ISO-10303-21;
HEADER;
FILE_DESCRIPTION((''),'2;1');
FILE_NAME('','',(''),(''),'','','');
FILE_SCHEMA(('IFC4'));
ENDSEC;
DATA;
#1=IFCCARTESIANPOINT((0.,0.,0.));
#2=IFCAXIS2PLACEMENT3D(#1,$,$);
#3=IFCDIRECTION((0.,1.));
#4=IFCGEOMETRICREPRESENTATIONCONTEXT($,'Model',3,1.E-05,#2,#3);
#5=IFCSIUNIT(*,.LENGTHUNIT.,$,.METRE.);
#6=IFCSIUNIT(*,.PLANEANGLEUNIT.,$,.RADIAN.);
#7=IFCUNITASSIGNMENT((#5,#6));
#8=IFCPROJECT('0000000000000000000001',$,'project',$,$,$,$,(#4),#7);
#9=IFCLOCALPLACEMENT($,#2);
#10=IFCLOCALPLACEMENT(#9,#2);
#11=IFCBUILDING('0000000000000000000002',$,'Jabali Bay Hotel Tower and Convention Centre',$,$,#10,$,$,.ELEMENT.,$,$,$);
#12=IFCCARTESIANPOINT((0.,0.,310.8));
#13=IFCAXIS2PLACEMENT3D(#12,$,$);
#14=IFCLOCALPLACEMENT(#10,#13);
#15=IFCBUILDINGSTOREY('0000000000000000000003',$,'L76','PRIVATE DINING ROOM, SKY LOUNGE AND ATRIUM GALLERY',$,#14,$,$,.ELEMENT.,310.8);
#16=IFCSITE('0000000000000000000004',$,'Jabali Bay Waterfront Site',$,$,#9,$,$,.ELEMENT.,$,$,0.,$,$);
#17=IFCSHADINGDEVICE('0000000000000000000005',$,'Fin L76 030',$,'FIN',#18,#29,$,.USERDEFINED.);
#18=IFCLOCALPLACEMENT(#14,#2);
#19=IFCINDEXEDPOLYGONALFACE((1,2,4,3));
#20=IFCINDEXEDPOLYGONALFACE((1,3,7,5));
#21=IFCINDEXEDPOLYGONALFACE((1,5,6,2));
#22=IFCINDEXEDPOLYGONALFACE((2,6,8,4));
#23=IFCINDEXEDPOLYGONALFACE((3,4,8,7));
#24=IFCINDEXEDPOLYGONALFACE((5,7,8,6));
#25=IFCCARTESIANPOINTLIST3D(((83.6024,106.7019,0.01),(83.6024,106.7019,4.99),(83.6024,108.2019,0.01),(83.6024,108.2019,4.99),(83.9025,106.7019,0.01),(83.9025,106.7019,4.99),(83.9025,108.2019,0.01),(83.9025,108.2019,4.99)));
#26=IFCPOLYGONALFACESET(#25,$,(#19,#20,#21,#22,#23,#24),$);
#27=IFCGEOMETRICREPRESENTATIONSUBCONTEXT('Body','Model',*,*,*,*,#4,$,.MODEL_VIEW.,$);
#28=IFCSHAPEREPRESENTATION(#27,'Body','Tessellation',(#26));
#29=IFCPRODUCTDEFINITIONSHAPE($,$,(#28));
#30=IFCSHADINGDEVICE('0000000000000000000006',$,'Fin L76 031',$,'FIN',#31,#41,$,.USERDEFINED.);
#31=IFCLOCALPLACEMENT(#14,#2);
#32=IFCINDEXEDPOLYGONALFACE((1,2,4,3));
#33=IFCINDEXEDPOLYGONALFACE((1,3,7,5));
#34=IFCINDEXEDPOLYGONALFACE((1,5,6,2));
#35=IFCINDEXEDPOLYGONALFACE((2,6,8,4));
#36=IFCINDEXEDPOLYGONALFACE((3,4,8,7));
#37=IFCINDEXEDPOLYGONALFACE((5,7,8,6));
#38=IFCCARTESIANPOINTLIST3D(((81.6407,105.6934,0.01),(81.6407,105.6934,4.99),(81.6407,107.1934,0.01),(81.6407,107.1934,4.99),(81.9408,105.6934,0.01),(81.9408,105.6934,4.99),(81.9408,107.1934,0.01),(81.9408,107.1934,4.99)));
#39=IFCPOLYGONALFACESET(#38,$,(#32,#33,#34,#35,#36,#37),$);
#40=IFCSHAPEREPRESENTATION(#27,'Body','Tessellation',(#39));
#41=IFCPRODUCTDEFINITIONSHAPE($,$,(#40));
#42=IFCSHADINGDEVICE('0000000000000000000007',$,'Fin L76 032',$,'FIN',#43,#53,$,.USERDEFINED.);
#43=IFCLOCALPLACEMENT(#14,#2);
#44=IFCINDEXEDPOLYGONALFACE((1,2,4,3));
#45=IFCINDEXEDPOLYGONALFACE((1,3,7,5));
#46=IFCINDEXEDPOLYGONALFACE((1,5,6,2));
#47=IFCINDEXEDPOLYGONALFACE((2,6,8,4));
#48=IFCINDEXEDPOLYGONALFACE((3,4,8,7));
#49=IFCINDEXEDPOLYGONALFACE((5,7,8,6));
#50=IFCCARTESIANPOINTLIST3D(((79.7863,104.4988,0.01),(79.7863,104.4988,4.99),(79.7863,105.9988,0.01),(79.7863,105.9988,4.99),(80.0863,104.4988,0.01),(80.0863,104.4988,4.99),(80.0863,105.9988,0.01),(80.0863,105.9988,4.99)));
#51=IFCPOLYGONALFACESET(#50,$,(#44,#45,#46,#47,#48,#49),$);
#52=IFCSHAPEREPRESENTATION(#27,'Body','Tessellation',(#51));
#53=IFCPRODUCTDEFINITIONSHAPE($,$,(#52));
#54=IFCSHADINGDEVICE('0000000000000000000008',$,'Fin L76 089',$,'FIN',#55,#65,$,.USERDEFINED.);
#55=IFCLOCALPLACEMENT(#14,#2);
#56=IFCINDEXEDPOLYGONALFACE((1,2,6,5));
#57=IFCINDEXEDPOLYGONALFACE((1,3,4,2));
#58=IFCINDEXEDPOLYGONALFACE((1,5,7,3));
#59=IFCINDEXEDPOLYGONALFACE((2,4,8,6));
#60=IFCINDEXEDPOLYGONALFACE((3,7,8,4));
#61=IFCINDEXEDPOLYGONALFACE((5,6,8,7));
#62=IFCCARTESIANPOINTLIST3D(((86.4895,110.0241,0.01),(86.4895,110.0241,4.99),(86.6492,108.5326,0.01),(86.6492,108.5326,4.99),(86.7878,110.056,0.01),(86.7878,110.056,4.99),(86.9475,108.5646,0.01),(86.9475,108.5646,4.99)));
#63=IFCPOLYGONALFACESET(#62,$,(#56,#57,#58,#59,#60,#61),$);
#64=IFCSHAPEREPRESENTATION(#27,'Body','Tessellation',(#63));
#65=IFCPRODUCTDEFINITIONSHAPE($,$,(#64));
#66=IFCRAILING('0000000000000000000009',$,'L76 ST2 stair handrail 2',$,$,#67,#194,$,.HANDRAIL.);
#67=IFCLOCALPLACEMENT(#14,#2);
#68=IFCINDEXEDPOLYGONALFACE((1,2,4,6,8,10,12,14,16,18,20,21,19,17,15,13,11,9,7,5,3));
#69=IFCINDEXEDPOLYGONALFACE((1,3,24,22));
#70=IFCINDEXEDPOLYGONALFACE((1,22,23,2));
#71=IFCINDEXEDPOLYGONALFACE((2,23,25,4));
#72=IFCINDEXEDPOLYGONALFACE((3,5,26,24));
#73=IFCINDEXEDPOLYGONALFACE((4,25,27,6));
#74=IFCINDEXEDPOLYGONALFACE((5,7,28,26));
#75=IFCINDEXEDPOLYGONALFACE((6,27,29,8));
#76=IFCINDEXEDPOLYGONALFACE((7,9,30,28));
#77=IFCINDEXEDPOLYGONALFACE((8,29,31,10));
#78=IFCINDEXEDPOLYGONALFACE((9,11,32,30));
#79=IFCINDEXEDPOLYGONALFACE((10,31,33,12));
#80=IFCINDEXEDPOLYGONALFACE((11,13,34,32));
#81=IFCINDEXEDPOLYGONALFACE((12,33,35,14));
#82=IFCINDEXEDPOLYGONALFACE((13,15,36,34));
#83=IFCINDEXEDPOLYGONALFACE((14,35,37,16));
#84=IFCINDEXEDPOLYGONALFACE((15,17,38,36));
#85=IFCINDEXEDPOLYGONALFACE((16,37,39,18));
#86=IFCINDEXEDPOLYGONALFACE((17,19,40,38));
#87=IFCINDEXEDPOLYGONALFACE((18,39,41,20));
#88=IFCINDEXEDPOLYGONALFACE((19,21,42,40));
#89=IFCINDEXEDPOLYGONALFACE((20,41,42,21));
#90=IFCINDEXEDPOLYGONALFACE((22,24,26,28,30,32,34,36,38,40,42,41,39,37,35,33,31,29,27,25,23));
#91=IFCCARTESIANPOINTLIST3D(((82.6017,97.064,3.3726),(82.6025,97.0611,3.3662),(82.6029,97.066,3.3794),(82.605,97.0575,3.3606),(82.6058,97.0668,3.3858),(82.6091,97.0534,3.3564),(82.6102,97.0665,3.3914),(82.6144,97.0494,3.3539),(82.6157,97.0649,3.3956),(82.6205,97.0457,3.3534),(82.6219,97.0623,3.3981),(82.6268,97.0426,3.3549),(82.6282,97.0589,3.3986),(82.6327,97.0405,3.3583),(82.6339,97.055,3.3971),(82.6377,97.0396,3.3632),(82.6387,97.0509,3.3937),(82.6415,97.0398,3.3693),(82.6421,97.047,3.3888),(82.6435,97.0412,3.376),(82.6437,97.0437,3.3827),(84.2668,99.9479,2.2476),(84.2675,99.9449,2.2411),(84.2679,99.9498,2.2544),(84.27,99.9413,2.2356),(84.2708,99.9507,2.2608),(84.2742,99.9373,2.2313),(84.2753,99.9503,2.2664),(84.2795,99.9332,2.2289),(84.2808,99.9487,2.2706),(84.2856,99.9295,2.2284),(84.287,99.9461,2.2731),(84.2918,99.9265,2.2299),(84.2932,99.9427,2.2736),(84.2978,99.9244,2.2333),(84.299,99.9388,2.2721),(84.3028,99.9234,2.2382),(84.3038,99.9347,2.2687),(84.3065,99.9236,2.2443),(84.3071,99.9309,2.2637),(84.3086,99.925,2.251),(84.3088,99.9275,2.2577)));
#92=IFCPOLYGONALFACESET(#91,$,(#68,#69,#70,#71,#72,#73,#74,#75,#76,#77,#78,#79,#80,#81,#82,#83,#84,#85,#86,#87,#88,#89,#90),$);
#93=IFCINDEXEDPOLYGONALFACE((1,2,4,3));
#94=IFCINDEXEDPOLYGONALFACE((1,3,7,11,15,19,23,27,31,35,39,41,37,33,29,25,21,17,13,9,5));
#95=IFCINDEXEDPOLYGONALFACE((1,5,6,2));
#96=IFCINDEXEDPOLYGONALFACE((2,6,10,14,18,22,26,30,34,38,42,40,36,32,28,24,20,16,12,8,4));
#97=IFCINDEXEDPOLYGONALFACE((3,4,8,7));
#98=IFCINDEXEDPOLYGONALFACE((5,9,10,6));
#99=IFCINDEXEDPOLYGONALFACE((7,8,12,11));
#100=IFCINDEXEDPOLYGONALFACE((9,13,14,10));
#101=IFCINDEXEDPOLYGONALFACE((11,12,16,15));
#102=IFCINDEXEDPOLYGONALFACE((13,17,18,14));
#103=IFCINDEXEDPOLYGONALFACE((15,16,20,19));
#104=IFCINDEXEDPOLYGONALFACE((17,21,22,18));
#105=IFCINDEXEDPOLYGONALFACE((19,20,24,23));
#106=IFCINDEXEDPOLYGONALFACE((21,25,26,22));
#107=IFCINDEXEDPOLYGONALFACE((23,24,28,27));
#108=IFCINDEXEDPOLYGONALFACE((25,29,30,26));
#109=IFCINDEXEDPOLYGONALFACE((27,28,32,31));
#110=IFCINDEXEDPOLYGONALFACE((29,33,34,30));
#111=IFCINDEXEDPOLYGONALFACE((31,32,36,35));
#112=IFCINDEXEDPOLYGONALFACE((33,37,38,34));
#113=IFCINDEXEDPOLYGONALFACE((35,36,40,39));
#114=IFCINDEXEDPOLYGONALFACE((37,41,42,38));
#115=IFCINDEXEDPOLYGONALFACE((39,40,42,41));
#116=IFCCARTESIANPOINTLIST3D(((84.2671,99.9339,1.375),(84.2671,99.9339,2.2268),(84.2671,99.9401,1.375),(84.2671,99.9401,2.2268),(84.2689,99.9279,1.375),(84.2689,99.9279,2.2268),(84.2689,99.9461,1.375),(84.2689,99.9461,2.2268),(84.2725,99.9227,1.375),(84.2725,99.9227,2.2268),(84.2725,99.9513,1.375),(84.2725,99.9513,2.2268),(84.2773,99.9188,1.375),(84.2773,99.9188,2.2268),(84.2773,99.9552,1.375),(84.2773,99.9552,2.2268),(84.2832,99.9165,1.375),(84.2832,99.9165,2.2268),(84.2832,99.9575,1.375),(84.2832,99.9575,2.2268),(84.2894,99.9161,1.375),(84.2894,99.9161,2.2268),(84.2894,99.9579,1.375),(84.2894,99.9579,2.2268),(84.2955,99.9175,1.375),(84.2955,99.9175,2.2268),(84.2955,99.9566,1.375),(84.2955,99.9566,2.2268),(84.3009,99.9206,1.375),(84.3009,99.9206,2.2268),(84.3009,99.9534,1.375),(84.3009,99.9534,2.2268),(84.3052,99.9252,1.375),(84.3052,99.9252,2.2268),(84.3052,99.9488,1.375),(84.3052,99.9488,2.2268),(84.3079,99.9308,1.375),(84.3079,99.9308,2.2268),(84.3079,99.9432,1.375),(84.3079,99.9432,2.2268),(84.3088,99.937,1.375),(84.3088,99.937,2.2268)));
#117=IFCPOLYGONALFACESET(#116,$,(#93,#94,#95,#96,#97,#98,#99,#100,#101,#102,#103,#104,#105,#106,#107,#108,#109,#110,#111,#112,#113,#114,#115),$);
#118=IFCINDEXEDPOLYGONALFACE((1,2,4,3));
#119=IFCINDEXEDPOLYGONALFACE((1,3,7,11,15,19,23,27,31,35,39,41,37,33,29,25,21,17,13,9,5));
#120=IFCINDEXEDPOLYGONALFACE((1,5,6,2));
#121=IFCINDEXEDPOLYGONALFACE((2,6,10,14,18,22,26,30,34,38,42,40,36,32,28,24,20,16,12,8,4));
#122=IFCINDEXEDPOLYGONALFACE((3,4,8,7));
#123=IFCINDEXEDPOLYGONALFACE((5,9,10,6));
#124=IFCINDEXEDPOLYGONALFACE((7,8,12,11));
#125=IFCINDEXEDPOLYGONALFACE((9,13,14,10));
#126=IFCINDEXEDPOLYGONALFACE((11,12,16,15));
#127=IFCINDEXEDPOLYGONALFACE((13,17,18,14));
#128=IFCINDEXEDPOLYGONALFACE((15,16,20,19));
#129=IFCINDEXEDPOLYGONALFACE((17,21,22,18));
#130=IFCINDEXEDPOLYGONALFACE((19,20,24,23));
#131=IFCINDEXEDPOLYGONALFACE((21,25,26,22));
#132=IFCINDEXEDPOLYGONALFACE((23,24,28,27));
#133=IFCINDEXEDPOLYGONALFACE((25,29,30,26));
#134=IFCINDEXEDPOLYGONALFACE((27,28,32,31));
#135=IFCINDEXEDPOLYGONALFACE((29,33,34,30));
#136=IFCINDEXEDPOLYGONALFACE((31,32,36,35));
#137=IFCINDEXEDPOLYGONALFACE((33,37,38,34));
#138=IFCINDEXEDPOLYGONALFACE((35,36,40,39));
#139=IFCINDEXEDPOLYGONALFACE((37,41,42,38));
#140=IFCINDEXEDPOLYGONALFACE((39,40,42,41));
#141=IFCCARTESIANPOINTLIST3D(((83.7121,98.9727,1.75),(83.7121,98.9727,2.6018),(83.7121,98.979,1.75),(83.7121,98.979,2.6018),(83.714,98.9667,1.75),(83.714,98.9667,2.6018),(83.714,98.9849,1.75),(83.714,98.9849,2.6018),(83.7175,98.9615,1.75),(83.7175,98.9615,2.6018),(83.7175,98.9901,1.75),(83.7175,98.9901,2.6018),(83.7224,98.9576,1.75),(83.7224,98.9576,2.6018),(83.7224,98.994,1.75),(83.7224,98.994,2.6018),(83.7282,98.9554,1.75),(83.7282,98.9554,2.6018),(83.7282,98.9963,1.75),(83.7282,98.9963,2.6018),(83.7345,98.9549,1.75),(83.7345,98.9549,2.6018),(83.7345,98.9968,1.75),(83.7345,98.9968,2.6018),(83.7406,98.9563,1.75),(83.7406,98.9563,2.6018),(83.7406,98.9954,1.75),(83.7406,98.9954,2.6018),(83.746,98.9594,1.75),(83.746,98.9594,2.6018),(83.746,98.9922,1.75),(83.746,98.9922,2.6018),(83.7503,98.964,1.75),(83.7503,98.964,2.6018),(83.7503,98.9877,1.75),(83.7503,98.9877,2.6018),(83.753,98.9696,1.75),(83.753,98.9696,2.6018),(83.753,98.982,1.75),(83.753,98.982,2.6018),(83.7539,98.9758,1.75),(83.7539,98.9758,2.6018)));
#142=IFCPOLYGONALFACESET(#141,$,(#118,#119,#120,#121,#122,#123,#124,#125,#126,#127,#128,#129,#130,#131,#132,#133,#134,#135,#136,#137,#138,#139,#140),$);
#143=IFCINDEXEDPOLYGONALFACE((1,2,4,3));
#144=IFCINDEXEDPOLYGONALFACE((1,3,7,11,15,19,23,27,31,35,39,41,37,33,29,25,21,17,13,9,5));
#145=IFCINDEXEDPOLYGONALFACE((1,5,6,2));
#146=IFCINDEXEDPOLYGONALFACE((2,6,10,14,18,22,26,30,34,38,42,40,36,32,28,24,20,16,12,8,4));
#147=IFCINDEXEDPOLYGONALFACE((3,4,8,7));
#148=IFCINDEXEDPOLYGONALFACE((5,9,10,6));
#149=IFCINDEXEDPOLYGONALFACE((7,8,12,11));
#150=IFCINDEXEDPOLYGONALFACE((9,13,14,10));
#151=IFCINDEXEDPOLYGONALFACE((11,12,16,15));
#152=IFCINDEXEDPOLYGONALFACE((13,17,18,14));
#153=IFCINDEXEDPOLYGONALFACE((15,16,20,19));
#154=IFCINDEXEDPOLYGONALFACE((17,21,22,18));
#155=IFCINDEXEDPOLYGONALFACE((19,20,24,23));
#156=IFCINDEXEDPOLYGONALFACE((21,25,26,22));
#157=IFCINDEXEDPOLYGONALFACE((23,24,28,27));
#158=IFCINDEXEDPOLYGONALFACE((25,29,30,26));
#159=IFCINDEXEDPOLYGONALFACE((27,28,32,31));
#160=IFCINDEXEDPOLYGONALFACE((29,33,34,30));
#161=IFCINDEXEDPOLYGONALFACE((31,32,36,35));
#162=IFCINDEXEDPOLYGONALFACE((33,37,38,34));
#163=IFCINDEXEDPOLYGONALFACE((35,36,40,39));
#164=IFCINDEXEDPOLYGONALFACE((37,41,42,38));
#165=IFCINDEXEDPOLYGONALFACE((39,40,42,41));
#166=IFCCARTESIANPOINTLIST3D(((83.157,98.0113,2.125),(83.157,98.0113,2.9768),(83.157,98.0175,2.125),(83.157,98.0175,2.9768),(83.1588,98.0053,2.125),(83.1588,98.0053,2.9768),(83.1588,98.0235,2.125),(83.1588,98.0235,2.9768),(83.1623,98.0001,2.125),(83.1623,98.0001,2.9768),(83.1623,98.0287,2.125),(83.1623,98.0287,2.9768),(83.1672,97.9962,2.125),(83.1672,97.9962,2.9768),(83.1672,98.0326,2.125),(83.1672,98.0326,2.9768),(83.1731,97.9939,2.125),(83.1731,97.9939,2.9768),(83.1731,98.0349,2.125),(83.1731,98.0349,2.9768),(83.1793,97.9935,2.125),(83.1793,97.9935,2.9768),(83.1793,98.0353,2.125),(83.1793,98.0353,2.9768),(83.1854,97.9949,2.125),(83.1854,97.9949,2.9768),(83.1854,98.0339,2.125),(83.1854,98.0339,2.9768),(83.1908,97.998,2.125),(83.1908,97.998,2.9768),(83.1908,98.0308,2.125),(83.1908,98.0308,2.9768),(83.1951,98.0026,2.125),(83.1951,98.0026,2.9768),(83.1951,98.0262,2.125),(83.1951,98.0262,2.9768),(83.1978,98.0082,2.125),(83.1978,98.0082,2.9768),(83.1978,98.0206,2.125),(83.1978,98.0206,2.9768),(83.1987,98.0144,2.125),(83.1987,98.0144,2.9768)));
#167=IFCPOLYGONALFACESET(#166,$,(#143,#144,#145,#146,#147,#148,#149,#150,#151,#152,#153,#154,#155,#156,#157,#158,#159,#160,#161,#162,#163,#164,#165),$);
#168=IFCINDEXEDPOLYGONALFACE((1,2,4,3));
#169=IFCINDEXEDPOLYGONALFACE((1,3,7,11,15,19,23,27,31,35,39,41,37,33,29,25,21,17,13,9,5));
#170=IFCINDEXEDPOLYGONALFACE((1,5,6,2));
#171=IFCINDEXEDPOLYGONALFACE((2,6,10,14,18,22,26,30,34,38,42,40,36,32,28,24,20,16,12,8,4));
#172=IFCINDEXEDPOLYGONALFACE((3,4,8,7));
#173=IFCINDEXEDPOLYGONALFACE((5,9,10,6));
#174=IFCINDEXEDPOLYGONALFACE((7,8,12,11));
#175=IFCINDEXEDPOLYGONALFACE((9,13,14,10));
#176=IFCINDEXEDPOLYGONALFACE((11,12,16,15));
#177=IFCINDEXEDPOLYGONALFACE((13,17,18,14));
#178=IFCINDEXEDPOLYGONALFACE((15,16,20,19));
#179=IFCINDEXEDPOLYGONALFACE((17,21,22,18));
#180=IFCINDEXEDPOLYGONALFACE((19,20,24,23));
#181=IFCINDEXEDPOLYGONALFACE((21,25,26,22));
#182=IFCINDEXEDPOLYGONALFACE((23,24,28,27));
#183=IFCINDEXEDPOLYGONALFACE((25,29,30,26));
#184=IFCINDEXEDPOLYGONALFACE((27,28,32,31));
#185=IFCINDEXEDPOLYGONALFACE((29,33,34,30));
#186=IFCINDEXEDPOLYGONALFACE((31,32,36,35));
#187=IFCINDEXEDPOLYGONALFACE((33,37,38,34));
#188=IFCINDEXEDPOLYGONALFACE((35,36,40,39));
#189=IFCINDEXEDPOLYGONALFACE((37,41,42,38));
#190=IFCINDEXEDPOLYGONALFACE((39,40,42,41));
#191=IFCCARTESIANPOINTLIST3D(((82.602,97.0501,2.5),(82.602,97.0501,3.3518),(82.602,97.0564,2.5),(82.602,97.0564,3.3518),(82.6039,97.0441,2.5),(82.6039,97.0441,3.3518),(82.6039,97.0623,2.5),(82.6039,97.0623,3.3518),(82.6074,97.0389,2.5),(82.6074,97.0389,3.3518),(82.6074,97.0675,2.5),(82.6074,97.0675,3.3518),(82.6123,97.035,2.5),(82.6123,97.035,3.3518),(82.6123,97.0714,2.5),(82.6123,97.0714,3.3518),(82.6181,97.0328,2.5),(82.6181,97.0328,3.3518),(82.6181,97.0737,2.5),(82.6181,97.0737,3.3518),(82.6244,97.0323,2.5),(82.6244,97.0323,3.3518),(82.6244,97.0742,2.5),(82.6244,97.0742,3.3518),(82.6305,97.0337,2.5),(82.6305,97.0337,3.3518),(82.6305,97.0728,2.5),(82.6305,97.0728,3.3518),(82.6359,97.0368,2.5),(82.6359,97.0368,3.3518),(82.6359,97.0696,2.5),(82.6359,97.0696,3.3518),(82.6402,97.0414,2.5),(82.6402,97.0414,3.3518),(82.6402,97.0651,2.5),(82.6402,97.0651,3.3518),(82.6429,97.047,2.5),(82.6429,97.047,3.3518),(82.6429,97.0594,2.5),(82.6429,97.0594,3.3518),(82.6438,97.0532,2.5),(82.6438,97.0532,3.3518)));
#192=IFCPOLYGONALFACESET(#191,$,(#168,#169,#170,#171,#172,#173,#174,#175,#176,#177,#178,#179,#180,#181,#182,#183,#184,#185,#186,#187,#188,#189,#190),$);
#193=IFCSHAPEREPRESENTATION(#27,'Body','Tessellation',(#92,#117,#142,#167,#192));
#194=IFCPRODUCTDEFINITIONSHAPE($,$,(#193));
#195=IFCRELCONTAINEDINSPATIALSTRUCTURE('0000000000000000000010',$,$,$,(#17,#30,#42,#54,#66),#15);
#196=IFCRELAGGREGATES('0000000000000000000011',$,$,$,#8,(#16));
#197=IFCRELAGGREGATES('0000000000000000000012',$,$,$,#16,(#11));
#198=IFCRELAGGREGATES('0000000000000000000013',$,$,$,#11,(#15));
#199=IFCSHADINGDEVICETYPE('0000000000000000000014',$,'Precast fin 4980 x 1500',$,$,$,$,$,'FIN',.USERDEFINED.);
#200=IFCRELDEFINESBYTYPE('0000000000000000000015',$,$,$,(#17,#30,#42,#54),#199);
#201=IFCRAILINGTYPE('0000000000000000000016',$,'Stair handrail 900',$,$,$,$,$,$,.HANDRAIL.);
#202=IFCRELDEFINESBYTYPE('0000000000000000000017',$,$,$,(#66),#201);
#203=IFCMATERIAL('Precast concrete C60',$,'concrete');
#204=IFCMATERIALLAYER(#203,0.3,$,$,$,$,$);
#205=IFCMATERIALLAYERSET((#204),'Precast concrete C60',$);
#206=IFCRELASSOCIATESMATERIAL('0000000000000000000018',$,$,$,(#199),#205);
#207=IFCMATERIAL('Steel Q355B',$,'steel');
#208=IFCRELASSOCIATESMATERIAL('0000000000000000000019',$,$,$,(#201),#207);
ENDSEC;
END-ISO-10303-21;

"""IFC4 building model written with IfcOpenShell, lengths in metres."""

from ifc_helpers import new_model, si_unit, direction, frame, frame_2d, origin, origin_2d, place, context, subcontext, project, spatial, rectangle, circle, extrude, material, layer, layer_set, type_object, element, save


model = new_model("IFC4")

# Units and contexts
model_context = context("Model", 3, precision=1e-05, world=origin(), true_north=direction((0.0, 1.0)))
body_context = subcontext(model_context, "Body", "Model", "MODEL_VIEW")
ifc_project = project(units=[si_unit("LENGTHUNIT", "METRE"), si_unit("PLANEANGLEUNIT", "RADIAN")], contexts=[model_context])

# Site, building, storey
site_placement = place(None, origin())
site = spatial("IfcSite", under=ifc_project, at=site_placement, Name="Jabali Bay Waterfront Site", CompositionType="ELEMENT", RefElevation=0.0)
building_placement = place(site_placement, origin())
building = spatial("IfcBuilding", under=site, at=building_placement, Name="Jabali Bay Hotel Tower and Convention Centre", CompositionType="ELEMENT")
storey_placement = place(building_placement, frame((0.0, 0.0, 310.8)))
storey = spatial("IfcBuildingStorey", under=building, at=storey_placement, Name="L76", Description="PRIVATE DINING ROOM, SKY LOUNGE AND ATRIUM GALLERY", CompositionType="ELEMENT", Elevation=310.8)

# Shading devices
ifc_material_1 = material(Name="Precast concrete C60", Category="concrete")
ifc_layer_1 = layer(ifc_material_1, 0.3)
ifc_layer_set_1 = layer_set([ifc_layer_1], Name="Precast concrete C60")
shading_device_type = type_object("IfcShadingDeviceType", Name="Precast fin 4980 x 1500", ElementType="FIN", PredefinedType="USERDEFINED", material=ifc_layer_set_1)
for number, where, z_axis, x_axis, name in (
    (1, (83.7524, 106.7019, 0.01), (0.0, 0.0, 1.0), (0.0, 1.0, 0.0), "Fin L76 030"),
    (2, (81.7908, 105.6934, 0.01), (0.0, 0.0, 1.0), (0.0, 1.0, 0.0), "Fin L76 031"),
    (3, (79.9363, 104.4988, 0.01), (0.0, 0.0, 1.0), (0.0, 1.0, 0.0), "Fin L76 032"),
    (4, (86.7983, 108.5486, 0.01), (0.0, 0.0, 1.0), (-0.106447, 0.994318, 0.0), "Fin L76 089"),
):
    element("IfcShadingDevice", number, at=place(storey_placement, frame(where, z_axis=z_axis, x_axis=x_axis)), inside=storey, type_object=shading_device_type, Name=name, ObjectType="FIN", PredefinedType="USERDEFINED", context=body_context, shape_type="SweptSolid", body=[
        extrude(rectangle(XDim=1.5, YDim=0.3, at=frame_2d((0.75, 0.0))), origin(), (0.0, 0.0, 1.0), 4.98),
    ])

# Railing
ifc_material_2 = material(Name="Steel Q355B", Category="steel")
railing_type = type_object("IfcRailingType", Name="Stair handrail 900", PredefinedType="HANDRAIL", material=ifc_material_2)
for number, where, name in (
    (5, (84.2878, 99.937, 1.375), "L76 ST2 stair handrail 2"),
):
    element("IfcRailing", number, at=place(storey_placement, frame(where)), inside=storey, type_object=railing_type, Name=name, PredefinedType="HANDRAIL", context=body_context, shape_type="SweptSolid", body=[
        extrude(circle(Radius=0.0239, at=origin_2d()), frame((0.0, 0.0, 0.876), z_axis=(-0.473715, -0.820457, 0.32007), x_axis=(0.866015, -0.500019, 0.0)), (0.0, 0.0, 1.0), 3.5149),
        extrude(circle(Radius=0.021, at=origin_2d()), origin(), (0.0, 0.0, 1.0), 0.8518),
        extrude(circle(Radius=0.021, at=origin_2d()), frame((-0.5549, -0.9612, 0.375)), (0.0, 0.0, 1.0), 0.8518),
        extrude(circle(Radius=0.021, at=origin_2d()), frame((-1.1101, -1.9226, 0.75)), (0.0, 0.0, 1.0), 0.8518),
        extrude(circle(Radius=0.021, at=origin_2d()), frame((-1.665, -2.8838, 1.125)), (0.0, 0.0, 1.0), 0.8518),
    ])

save(model, "model.ifc")
